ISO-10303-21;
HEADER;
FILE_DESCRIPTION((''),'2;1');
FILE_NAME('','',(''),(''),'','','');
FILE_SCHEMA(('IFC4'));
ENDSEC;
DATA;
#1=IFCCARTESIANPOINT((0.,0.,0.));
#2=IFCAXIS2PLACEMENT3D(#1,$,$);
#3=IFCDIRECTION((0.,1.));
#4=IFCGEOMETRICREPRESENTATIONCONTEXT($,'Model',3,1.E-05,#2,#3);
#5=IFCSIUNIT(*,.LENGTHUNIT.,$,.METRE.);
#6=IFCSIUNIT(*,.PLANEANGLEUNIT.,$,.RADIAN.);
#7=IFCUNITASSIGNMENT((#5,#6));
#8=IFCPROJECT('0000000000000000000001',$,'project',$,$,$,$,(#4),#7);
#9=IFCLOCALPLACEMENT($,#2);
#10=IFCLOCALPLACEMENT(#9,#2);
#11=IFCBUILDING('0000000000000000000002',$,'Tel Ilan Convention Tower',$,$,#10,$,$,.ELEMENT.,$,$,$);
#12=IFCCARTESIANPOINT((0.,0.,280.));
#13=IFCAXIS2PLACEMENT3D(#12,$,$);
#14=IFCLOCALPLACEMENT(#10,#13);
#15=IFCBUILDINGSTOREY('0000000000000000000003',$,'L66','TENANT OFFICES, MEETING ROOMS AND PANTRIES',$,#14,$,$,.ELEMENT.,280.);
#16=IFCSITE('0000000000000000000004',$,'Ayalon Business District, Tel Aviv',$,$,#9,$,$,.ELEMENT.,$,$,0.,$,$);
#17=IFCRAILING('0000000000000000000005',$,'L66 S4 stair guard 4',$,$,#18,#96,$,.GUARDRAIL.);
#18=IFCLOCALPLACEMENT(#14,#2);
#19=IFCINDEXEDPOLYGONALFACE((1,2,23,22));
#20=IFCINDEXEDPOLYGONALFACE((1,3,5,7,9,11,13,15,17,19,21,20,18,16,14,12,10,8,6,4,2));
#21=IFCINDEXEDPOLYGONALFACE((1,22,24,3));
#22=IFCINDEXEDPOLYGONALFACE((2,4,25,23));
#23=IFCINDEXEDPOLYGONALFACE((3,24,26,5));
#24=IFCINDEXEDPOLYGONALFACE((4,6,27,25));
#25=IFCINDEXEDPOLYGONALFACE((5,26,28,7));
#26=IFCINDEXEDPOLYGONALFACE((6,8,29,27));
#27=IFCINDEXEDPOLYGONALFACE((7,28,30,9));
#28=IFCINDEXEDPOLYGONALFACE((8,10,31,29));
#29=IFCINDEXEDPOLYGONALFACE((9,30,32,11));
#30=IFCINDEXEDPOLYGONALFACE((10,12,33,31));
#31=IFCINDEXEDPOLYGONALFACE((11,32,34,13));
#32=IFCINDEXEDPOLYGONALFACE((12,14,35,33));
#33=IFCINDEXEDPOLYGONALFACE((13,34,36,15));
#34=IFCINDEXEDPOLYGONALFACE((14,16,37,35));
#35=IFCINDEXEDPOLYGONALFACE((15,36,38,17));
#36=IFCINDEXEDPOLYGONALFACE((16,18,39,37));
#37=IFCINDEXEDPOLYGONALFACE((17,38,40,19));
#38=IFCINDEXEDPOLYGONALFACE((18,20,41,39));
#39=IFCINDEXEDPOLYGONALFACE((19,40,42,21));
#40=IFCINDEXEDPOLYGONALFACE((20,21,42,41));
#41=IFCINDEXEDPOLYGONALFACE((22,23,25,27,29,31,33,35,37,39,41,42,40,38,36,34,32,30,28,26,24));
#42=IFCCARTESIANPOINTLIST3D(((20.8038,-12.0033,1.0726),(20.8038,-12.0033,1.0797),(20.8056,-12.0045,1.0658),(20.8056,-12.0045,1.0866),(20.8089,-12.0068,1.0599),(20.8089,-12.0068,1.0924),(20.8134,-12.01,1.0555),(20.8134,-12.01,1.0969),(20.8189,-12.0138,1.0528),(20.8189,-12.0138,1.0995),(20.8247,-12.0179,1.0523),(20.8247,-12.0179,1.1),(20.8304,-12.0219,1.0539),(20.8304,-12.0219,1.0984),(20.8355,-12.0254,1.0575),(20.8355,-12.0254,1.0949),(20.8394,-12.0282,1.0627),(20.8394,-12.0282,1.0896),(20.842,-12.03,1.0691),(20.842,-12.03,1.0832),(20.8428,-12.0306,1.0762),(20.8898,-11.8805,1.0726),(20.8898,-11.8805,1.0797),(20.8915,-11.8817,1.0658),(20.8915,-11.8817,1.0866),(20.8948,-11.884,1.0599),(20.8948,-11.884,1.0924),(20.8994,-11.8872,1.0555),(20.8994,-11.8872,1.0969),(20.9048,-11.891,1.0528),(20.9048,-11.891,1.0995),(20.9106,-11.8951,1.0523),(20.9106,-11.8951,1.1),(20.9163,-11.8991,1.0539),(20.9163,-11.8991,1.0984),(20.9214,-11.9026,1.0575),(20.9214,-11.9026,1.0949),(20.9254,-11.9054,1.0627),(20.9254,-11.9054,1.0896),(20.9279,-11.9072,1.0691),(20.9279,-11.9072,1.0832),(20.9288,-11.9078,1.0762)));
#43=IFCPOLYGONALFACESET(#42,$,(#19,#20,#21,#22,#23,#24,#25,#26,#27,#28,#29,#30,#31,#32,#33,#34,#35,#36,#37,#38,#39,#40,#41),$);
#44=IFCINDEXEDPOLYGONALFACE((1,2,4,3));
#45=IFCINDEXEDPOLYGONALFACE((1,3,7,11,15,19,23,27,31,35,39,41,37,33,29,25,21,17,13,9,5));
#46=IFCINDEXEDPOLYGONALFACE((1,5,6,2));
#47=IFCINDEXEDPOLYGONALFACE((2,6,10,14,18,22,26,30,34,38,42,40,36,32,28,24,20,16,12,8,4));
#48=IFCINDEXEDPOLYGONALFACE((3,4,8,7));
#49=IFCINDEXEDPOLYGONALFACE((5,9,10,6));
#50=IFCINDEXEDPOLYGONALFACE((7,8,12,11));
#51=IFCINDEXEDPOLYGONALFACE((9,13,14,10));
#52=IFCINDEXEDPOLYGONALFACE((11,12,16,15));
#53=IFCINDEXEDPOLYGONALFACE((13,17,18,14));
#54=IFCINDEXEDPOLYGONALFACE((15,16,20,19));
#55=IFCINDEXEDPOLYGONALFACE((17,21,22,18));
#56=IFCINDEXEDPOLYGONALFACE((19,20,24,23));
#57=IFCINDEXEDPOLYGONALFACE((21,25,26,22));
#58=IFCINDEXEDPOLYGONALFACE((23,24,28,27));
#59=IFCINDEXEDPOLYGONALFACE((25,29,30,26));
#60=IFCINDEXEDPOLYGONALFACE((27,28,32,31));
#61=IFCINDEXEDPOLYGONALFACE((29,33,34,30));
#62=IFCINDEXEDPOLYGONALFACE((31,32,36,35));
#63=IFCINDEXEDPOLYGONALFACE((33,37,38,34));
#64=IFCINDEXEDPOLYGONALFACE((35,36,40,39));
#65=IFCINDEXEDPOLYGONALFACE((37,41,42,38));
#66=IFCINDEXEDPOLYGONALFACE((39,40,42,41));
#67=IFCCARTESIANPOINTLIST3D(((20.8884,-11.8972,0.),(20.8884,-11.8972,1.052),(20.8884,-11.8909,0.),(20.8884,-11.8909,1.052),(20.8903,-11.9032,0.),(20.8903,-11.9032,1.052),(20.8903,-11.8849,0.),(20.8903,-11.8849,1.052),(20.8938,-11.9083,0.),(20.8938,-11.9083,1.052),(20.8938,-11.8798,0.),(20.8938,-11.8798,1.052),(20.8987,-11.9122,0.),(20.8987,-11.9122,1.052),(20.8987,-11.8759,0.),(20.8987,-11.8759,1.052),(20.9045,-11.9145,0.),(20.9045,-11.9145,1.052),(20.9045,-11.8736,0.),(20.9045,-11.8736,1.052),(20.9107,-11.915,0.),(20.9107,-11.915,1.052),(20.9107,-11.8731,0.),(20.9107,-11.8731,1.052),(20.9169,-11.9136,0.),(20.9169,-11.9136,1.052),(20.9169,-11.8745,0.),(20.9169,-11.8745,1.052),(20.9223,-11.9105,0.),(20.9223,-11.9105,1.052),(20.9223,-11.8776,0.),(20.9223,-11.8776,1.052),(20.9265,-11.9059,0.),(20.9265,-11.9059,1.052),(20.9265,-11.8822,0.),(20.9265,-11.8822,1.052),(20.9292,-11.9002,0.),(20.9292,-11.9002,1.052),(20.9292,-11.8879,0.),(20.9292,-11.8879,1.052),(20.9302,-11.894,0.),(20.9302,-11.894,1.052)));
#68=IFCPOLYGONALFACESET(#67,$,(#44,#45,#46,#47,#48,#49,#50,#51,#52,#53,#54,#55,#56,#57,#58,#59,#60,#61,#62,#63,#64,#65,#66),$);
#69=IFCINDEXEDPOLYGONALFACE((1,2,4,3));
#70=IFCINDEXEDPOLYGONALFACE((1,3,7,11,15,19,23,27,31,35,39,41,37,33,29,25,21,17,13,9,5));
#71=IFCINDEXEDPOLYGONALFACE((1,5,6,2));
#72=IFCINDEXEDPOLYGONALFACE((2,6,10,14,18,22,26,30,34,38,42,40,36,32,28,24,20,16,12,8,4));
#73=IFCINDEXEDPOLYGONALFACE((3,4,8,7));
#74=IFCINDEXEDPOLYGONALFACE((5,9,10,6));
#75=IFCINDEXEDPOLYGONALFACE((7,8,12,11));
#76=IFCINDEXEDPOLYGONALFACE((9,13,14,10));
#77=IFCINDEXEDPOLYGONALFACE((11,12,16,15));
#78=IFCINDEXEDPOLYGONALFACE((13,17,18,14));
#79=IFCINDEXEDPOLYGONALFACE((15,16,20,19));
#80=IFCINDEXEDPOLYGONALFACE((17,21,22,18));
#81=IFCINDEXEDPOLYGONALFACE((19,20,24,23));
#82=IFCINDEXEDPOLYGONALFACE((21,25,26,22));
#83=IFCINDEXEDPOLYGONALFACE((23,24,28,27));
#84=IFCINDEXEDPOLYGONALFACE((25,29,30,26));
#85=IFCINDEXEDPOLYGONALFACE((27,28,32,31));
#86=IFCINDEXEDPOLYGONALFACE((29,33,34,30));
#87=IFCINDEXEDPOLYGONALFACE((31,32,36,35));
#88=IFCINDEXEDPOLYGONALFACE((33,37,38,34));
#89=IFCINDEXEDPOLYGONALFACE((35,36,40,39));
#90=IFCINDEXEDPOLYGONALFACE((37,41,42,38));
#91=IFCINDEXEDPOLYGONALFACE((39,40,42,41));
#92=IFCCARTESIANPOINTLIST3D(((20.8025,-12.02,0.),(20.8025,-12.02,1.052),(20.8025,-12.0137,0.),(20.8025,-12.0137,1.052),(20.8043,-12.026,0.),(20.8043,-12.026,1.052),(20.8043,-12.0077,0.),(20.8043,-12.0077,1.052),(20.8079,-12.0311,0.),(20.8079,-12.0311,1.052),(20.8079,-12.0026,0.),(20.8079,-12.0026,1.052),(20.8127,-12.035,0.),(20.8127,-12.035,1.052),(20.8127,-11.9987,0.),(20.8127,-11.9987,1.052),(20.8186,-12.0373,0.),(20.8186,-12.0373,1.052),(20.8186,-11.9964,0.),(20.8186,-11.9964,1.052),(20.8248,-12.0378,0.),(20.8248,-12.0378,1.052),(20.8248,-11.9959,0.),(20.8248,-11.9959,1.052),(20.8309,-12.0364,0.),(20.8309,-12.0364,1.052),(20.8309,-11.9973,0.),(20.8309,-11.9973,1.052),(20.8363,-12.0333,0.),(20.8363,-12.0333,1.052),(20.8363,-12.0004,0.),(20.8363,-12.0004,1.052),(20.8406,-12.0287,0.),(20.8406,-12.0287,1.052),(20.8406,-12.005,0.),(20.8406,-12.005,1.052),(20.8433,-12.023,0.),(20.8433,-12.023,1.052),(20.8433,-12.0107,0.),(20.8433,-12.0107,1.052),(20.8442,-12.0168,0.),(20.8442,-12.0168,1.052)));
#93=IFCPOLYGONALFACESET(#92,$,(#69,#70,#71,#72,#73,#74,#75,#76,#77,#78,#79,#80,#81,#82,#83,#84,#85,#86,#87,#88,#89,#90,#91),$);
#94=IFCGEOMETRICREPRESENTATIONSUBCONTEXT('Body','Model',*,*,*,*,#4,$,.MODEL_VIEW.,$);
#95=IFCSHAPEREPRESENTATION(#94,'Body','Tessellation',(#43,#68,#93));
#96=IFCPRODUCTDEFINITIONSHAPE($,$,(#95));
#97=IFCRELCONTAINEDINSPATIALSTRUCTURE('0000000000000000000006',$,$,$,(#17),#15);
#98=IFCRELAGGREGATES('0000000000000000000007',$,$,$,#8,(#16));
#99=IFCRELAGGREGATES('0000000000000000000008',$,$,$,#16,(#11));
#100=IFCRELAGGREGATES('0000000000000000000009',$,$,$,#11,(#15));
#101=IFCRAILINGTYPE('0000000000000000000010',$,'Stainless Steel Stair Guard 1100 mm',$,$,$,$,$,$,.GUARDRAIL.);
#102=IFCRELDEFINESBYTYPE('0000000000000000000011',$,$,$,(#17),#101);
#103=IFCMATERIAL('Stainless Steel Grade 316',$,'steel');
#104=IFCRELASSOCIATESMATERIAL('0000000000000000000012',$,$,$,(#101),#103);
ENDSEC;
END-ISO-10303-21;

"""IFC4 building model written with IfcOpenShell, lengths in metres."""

from ifc_helpers import new_model, si_unit, direction, frame, origin, origin_2d, place, context, subcontext, project, spatial, circle, extrude, material, type_object, element, save


model = new_model("IFC4")

# Units and contexts
model_context = context("Model", 3, precision=1e-05, world=origin(), true_north=direction((0.0, 1.0)))
body_context = subcontext(model_context, "Body", "Model", "MODEL_VIEW")
ifc_project = project(units=[si_unit("LENGTHUNIT", "METRE"), si_unit("PLANEANGLEUNIT", "RADIAN")], contexts=[model_context])

# Site, building, storey
site_placement = place(None, origin())
site = spatial("IfcSite", under=ifc_project, at=site_placement, Name="Ayalon Business District, Tel Aviv", CompositionType="ELEMENT", RefElevation=0.0)
building_placement = place(site_placement, origin())
building = spatial("IfcBuilding", under=site, at=building_placement, Name="Tel Ilan Convention Tower", CompositionType="ELEMENT")
storey_placement = place(building_placement, frame((0.0, 0.0, 280.0)))
storey = spatial("IfcBuildingStorey", under=building, at=storey_placement, Name="L66", Description="TENANT OFFICES, MEETING ROOMS AND PANTRIES", CompositionType="ELEMENT", Elevation=280.0)

# Railing
ifc_material_1 = material(Name="Stainless Steel Grade 316", Category="steel")
railing_type = type_object("IfcRailingType", Name="Stainless Steel Stair Guard 1100 mm", PredefinedType="GUARDRAIL", material=ifc_material_1)
railing_1_placement = place(storey_placement, frame((20.9092, -11.894, 0.0)))
element("IfcRailing", 1, at=railing_1_placement, inside=storey, type_object=railing_type, Name="L66 S4 stair guard 4", PredefinedType="GUARDRAIL", context=body_context, shape_type="SweptSolid", body=[
    extrude(circle(Radius=0.0239, at=origin_2d()), frame((0.0, 0.0, 1.0762), z_axis=(-0.573353, -0.819308, 0.0), x_axis=(0.819308, -0.573353, 0.0)), (0.0, 0.0, 1.0), 0.1499),
    extrude(circle(Radius=0.021, at=origin_2d()), origin(), (0.0, 0.0, 1.0), 1.052),
    extrude(circle(Radius=0.021, at=origin_2d()), frame((-0.0859, -0.1228, 0.0)), (0.0, 0.0, 1.0), 1.052),
])

save(model, "model.ifc")
